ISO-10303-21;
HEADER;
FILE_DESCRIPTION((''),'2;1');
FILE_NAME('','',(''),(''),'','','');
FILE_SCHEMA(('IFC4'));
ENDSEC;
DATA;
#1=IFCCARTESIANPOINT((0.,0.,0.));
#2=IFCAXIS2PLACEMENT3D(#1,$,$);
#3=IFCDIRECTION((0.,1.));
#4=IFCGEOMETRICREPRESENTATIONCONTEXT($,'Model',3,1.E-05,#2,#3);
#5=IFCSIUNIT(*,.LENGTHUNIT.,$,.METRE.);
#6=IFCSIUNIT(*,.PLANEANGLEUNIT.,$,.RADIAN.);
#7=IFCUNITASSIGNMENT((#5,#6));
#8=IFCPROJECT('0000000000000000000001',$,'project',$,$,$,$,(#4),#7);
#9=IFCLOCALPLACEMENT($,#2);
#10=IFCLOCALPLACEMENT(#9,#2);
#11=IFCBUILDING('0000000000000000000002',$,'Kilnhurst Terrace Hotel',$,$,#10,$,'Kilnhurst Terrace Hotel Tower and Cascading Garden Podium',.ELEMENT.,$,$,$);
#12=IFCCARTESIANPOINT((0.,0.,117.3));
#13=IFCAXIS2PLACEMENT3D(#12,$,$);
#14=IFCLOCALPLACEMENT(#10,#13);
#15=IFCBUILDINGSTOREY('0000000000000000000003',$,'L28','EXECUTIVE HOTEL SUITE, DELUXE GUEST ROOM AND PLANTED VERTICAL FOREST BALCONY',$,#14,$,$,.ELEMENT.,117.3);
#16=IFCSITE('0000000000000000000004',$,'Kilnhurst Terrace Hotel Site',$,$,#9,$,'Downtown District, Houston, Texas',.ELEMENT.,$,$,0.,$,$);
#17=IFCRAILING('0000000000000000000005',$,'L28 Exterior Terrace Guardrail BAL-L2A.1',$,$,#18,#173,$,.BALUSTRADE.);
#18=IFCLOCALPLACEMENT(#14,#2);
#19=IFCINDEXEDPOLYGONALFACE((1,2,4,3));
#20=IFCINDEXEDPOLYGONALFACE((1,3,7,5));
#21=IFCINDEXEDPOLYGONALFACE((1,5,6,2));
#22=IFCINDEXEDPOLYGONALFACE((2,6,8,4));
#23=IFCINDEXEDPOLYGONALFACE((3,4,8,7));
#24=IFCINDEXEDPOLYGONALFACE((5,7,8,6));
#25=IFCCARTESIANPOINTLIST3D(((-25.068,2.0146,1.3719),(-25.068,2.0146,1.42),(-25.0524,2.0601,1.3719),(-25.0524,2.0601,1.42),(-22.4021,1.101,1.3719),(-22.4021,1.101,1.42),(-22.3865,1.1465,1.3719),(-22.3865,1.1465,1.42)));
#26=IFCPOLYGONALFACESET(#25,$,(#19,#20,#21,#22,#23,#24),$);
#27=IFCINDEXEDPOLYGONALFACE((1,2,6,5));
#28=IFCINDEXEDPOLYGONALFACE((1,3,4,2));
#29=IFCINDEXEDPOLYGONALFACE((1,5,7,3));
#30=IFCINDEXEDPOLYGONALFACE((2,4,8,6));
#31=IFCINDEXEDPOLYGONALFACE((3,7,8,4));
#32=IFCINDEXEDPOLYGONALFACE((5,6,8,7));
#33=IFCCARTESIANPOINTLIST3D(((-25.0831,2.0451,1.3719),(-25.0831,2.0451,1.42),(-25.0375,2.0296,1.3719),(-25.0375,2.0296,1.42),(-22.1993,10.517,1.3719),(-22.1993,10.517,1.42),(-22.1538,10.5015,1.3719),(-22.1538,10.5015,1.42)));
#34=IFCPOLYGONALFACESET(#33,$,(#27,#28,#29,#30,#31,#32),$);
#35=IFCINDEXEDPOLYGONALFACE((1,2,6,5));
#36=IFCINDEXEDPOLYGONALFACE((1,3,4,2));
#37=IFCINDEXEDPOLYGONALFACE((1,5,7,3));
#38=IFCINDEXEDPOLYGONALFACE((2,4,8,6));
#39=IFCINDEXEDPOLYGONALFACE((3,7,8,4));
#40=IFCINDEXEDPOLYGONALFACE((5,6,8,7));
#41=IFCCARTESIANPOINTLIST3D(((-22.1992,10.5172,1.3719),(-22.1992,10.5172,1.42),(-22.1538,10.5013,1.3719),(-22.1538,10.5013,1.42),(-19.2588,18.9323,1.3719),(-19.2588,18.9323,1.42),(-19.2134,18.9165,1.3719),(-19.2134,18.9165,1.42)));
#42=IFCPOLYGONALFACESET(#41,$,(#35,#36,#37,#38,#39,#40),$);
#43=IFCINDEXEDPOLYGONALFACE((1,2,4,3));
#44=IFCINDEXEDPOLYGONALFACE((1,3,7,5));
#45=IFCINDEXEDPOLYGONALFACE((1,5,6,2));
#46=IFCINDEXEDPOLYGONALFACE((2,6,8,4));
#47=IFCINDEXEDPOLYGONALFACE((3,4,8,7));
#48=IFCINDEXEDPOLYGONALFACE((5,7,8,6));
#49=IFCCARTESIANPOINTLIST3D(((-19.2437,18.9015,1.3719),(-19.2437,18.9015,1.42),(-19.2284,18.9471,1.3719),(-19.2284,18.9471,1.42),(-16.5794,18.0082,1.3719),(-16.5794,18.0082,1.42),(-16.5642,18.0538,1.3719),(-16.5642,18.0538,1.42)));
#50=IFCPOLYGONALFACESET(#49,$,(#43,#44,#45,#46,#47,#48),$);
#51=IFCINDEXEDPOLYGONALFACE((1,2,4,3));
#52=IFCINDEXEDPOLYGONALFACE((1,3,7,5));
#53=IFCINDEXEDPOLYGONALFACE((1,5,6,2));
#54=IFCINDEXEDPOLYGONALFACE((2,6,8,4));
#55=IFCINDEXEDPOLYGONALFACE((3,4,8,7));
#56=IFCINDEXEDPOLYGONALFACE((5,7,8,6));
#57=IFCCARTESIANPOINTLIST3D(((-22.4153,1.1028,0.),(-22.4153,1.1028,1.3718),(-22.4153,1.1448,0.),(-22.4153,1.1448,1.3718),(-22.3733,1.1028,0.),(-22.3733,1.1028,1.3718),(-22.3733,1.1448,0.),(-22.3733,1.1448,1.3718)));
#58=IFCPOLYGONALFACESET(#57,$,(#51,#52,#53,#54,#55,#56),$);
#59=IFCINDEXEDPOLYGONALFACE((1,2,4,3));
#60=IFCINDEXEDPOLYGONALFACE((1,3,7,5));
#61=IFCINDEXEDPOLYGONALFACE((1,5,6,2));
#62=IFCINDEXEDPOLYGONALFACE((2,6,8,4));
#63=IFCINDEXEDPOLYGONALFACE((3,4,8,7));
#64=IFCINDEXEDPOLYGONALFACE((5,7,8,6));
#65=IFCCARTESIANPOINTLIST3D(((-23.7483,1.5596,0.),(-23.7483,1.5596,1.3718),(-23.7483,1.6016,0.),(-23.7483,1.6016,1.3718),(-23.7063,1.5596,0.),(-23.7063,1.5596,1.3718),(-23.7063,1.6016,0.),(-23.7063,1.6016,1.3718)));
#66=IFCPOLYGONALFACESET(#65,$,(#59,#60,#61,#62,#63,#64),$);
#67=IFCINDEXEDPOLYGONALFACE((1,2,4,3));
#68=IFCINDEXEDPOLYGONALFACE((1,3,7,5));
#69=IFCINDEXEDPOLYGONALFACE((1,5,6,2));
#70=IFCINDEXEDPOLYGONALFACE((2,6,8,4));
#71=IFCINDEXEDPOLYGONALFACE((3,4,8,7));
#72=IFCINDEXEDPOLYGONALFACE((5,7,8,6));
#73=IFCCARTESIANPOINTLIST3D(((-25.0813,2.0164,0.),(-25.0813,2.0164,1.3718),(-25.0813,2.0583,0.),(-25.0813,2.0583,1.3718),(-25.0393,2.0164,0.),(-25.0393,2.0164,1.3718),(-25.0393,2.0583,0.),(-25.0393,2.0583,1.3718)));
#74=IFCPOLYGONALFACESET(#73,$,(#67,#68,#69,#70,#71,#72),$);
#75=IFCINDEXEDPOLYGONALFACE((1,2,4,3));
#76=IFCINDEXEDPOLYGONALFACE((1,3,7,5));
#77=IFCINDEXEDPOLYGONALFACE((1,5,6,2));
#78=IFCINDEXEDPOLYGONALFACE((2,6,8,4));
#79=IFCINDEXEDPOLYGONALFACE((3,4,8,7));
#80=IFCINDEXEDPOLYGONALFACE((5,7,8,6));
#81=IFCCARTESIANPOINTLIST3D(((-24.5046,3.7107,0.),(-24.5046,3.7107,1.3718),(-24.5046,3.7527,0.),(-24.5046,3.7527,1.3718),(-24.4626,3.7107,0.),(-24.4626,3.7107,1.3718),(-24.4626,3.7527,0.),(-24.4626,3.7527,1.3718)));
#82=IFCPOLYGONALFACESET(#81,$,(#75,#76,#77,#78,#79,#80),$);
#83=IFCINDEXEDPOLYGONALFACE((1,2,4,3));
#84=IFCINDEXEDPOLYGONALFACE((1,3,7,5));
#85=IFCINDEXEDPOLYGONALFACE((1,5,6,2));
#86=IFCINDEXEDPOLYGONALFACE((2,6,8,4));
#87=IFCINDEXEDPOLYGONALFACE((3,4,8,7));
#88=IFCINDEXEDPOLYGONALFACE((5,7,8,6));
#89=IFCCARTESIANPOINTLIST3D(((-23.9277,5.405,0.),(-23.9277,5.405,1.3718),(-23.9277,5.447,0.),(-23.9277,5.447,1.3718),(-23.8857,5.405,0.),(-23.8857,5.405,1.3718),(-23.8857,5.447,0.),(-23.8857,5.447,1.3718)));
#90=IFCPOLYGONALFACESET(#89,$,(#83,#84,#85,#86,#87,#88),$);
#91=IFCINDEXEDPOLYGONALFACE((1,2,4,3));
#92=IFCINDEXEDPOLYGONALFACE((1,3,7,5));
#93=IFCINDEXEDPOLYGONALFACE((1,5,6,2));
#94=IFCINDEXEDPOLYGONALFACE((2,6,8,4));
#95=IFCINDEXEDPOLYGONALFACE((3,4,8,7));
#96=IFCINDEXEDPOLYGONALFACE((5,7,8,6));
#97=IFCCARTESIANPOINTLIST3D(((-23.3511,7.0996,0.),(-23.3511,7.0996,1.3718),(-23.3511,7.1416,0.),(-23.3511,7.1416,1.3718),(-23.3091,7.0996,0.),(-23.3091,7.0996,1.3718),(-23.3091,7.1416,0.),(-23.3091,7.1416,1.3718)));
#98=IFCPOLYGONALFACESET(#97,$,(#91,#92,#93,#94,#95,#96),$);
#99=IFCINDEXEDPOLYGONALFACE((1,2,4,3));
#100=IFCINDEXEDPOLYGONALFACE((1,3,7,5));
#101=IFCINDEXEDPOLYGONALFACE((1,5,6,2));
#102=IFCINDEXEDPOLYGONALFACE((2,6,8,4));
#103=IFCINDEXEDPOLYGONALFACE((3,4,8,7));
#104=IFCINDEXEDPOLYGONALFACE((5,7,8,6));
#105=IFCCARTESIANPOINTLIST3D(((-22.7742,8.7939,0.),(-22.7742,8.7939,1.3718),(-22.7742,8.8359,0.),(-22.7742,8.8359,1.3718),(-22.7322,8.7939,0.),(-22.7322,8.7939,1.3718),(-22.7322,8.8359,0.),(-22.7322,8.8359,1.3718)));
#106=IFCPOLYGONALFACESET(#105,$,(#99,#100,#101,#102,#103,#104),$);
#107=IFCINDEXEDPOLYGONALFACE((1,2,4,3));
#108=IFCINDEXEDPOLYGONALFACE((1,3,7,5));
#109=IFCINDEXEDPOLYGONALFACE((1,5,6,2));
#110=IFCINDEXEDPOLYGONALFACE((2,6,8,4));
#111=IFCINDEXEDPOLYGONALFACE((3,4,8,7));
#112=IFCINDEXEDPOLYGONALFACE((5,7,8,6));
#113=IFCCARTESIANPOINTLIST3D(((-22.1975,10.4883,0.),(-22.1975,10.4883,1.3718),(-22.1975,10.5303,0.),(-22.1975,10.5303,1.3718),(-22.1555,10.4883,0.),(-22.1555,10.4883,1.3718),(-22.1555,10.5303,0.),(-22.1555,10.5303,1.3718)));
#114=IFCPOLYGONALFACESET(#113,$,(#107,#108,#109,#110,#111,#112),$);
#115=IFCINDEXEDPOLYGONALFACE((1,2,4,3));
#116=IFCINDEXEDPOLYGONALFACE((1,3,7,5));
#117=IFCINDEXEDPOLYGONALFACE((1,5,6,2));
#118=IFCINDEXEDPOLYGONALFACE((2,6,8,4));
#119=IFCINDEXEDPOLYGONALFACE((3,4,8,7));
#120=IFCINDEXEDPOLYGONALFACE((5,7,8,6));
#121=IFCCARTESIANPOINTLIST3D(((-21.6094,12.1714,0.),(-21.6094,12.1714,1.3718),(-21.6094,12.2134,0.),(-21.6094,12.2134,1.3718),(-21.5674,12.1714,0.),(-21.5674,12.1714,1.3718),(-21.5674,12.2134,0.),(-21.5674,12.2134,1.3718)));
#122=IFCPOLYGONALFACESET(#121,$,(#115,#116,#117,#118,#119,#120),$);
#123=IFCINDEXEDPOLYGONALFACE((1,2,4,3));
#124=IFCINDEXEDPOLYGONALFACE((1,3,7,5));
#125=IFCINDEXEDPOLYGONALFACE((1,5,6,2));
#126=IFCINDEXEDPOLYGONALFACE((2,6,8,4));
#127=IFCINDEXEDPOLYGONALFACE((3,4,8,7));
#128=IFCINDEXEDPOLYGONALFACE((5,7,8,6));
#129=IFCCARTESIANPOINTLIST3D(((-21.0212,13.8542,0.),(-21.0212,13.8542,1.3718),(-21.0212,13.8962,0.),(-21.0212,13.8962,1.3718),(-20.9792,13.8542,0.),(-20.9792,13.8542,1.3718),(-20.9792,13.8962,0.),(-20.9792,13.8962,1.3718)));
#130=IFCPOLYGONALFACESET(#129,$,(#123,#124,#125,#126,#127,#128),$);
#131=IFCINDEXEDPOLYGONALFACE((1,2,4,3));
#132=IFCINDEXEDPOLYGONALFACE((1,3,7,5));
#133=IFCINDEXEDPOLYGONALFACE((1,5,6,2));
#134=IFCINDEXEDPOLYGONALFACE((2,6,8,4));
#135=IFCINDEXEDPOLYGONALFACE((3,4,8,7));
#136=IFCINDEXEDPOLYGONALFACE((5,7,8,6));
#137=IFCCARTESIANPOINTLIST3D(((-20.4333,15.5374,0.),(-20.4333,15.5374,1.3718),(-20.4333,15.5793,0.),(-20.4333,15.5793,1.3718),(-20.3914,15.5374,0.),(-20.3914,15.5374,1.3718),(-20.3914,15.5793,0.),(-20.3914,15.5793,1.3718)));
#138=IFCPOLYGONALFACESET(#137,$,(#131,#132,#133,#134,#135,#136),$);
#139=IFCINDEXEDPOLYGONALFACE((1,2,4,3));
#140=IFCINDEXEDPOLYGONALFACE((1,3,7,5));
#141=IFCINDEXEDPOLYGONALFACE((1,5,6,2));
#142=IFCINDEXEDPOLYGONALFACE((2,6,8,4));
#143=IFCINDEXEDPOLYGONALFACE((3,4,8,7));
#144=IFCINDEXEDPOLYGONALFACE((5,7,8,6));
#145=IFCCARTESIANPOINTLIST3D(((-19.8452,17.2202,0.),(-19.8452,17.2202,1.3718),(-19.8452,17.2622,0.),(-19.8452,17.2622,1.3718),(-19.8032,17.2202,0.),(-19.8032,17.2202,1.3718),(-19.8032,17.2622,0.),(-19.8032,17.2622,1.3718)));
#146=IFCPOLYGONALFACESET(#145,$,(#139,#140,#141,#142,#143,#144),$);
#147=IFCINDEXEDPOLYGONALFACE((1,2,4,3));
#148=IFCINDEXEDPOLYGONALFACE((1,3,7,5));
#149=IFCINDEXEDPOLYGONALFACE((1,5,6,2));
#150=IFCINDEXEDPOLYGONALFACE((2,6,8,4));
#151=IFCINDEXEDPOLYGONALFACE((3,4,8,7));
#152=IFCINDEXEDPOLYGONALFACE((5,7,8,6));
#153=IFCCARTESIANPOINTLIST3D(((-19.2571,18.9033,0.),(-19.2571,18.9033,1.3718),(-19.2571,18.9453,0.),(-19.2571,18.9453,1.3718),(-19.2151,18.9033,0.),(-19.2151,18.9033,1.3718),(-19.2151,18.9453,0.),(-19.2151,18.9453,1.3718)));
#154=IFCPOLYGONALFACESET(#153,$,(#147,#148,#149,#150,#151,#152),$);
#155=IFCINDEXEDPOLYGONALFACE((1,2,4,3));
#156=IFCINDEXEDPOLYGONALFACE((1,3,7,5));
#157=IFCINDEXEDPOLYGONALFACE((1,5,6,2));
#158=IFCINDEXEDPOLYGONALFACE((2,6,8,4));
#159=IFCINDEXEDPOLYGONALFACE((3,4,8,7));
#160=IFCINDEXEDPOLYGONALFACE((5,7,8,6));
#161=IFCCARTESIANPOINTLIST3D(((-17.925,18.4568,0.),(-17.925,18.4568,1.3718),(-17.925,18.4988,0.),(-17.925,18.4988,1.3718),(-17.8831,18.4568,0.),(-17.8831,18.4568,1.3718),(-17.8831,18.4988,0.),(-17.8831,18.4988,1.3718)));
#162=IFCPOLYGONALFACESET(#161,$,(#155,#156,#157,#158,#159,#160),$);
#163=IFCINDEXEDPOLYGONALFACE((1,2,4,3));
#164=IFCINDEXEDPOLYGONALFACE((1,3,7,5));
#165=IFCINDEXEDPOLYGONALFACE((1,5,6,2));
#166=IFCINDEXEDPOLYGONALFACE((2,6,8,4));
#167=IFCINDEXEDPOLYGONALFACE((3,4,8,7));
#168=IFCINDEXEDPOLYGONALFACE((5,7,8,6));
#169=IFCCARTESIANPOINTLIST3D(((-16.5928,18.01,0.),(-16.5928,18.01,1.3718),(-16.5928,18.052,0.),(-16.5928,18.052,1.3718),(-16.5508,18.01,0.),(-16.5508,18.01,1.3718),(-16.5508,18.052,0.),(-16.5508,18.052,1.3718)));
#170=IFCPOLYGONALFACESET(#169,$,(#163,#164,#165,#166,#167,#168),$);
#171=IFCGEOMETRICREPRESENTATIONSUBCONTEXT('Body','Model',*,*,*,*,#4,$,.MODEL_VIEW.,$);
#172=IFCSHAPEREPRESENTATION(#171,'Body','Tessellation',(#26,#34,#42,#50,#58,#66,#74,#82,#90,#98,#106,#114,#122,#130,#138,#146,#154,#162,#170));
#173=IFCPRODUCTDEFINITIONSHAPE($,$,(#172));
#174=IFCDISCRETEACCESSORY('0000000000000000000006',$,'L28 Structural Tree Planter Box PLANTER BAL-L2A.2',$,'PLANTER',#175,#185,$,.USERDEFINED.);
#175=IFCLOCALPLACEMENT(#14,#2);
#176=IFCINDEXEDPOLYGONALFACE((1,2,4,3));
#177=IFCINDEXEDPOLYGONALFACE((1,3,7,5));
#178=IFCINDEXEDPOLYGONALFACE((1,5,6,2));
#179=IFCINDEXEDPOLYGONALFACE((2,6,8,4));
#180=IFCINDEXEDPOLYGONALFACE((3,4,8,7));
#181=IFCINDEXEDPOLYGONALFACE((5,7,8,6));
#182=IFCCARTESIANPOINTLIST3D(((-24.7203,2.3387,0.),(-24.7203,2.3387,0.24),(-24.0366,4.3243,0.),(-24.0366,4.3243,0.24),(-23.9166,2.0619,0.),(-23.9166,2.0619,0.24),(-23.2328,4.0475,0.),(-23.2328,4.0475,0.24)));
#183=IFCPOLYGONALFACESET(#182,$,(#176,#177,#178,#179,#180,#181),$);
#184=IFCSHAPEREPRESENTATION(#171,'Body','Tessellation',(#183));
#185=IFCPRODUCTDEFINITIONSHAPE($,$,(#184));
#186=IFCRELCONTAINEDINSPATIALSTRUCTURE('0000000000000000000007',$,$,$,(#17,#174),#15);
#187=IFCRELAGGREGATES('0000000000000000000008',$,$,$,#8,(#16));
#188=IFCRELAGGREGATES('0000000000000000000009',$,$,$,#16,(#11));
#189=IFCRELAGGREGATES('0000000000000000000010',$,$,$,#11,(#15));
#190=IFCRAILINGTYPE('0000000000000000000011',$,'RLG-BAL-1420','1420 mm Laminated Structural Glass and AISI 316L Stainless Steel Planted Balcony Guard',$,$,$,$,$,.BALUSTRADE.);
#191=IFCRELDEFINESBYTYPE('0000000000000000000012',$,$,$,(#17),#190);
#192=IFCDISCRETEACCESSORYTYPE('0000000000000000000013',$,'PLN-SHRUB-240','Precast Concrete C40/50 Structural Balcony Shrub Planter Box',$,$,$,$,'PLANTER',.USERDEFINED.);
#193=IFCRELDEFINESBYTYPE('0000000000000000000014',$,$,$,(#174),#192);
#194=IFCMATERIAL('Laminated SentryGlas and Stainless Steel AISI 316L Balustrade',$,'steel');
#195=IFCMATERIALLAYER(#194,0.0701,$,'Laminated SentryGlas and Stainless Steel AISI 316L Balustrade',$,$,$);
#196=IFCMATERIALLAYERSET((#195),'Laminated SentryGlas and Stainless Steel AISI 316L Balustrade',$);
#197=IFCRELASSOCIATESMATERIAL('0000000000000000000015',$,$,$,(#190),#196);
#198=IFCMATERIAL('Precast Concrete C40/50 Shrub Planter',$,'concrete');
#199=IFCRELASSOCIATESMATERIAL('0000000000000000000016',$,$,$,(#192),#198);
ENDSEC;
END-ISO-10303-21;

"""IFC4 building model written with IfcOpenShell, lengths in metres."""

from ifc_helpers import new_model, si_unit, direction, frame, origin, origin_2d, place, context, subcontext, project, spatial, rectangle, extrude, material, layer, layer_set, type_object, element, save


model = new_model("IFC4")

# Units and contexts
model_context = context("Model", 3, precision=1e-05, world=origin(), true_north=direction((0.0, 1.0)))
body_context = subcontext(model_context, "Body", "Model", "MODEL_VIEW")
ifc_project = project(units=[si_unit("LENGTHUNIT", "METRE"), si_unit("PLANEANGLEUNIT", "RADIAN")], contexts=[model_context])

# Site, building, storey
site_placement = place(None, origin())
site = spatial("IfcSite", under=ifc_project, at=site_placement, Name="Kilnhurst Terrace Hotel Site", LongName="Downtown District, Houston, Texas", CompositionType="ELEMENT", RefElevation=0.0)
building_placement = place(site_placement, origin())
building = spatial("IfcBuilding", under=site, at=building_placement, Name="Kilnhurst Terrace Hotel", LongName="Kilnhurst Terrace Hotel Tower and Cascading Garden Podium", CompositionType="ELEMENT")
storey_placement = place(building_placement, frame((0.0, 0.0, 117.3)))
storey = spatial("IfcBuildingStorey", under=building, at=storey_placement, Name="L28", Description="EXECUTIVE HOTEL SUITE, DELUXE GUEST ROOM AND PLANTED VERTICAL FOREST BALCONY", CompositionType="ELEMENT", Elevation=117.3)

# Railing
ifc_material_1 = material(Name="Laminated SentryGlas and Stainless Steel AISI 316L Balustrade", Category="steel")
ifc_layer_1 = layer(ifc_material_1, 0.0701, Name="Laminated SentryGlas and Stainless Steel AISI 316L Balustrade")
ifc_layer_set_1 = layer_set([ifc_layer_1], Name="Laminated SentryGlas and Stainless Steel AISI 316L Balustrade")
railing_type = type_object("IfcRailingType", Name="RLG-BAL-1420", Description="1420 mm Laminated Structural Glass and AISI 316L Stainless Steel Planted Balcony Guard", PredefinedType="BALUSTRADE", material=ifc_layer_set_1)
railing_placement = place(storey_placement, frame((-22.3943, 1.1238, 0.0)))
element("IfcRailing", 1, at=railing_placement, inside=storey, type_object=railing_type, Name="L28 Exterior Terrace Guardrail BAL-L2A.1", PredefinedType="BALUSTRADE", context=body_context, shape_type="SweptSolid", body=[
    extrude(rectangle(XDim=0.0481, YDim=0.0481, at=origin_2d()), frame((0.0, 0.0, 1.396), z_axis=(-0.945999, 0.324169, 0.0), x_axis=(-0.324169, -0.945999, 0.0)), (0.0, 0.0, 1.0), 2.8181),
    extrude(rectangle(XDim=0.0481, YDim=0.0481, at=origin_2d()), frame((-2.666, 0.9136, 1.396), z_axis=(0.322237, 0.946659, 0.0), x_axis=(-0.946659, 0.322237, 0.0)), (0.0, 0.0, 1.0), 8.9492),
    extrude(rectangle(XDim=0.0481, YDim=0.0481, at=origin_2d()), frame((0.2178, 9.3855, 1.396), z_axis=(0.329867, 0.944027, 0.0), x_axis=(-0.944027, 0.329867, 0.0)), (0.0, 0.0, 1.0), 8.9141),
    extrude(rectangle(XDim=0.0481, YDim=0.0481, at=origin_2d()), frame((3.1582, 17.8005, 1.396), z_axis=(0.948126, -0.317895, 0.0), x_axis=(0.317895, 0.948126, 0.0)), (0.0, 0.0, 1.0), 2.8101),
    extrude(rectangle(XDim=0.042, YDim=0.042, at=origin_2d()), origin(), (0.0, 0.0, 1.0), 1.3718),
    extrude(rectangle(XDim=0.042, YDim=0.042, at=origin_2d()), frame((-1.333, 0.4568, 0.0)), (0.0, 0.0, 1.0), 1.3718),
    extrude(rectangle(XDim=0.042, YDim=0.042, at=origin_2d()), frame((-2.666, 0.9136, 0.0)), (0.0, 0.0, 1.0), 1.3718),
    extrude(rectangle(XDim=0.042, YDim=0.042, at=origin_2d()), frame((-2.0894, 2.6079, 0.0)), (0.0, 0.0, 1.0), 1.3718),
    extrude(rectangle(XDim=0.042, YDim=0.042, at=origin_2d()), frame((-1.5125, 4.3022, 0.0)), (0.0, 0.0, 1.0), 1.3718),
    extrude(rectangle(XDim=0.042, YDim=0.042, at=origin_2d()), frame((-0.9358, 5.9968, 0.0)), (0.0, 0.0, 1.0), 1.3718),
    extrude(rectangle(XDim=0.042, YDim=0.042, at=origin_2d()), frame((-0.3589, 7.6912, 0.0)), (0.0, 0.0, 1.0), 1.3718),
    extrude(rectangle(XDim=0.042, YDim=0.042, at=origin_2d()), frame((0.2178, 9.3855, 0.0)), (0.0, 0.0, 1.0), 1.3718),
    extrude(rectangle(XDim=0.042, YDim=0.042, at=origin_2d()), frame((0.8059, 11.0686, 0.0)), (0.0, 0.0, 1.0), 1.3718),
    extrude(rectangle(XDim=0.042, YDim=0.042, at=origin_2d()), frame((1.394, 12.7515, 0.0)), (0.0, 0.0, 1.0), 1.3718),
    extrude(rectangle(XDim=0.042, YDim=0.042, at=origin_2d()), frame((1.9819, 14.4346, 0.0)), (0.0, 0.0, 1.0), 1.3718),
    extrude(rectangle(XDim=0.042, YDim=0.042, at=origin_2d()), frame((2.5701, 16.1174, 0.0)), (0.0, 0.0, 1.0), 1.3718),
    extrude(rectangle(XDim=0.042, YDim=0.042, at=origin_2d()), frame((3.1582, 17.8005, 0.0)), (0.0, 0.0, 1.0), 1.3718),
    extrude(rectangle(XDim=0.042, YDim=0.042, at=origin_2d()), frame((4.4902, 17.354, 0.0)), (0.0, 0.0, 1.0), 1.3718),
    extrude(rectangle(XDim=0.042, YDim=0.042, at=origin_2d()), frame((5.8225, 16.9072, 0.0)), (0.0, 0.0, 1.0), 1.3718),
])

# Discrete accessory
ifc_material_2 = material(Name="Precast Concrete C40/50 Shrub Planter", Category="concrete")
discrete_accessory_type = type_object("IfcDiscreteAccessoryType", Name="PLN-SHRUB-240", Description="Precast Concrete C40/50 Structural Balcony Shrub Planter Box", ElementType="PLANTER", PredefinedType="USERDEFINED", material=ifc_material_2)
discrete_accessory_placement = place(storey_placement, frame((-23.9766, 3.1931, 0.0), z_axis=(0.0, 0.0, 1.0), x_axis=(-0.325601, -0.945507, 0.0)))
element("IfcDiscreteAccessory", 2, at=discrete_accessory_placement, inside=storey, type_object=discrete_accessory_type, Name="L28 Structural Tree Planter Box PLANTER BAL-L2A.2", ObjectType="PLANTER", PredefinedType="USERDEFINED", context=body_context, shape_type="SweptSolid", body=[
    extrude(rectangle(XDim=2.1001, YDim=0.8501, at=origin_2d()), origin(), (0.0, 0.0, 1.0), 0.24),
])

save(model, "model.ifc")
